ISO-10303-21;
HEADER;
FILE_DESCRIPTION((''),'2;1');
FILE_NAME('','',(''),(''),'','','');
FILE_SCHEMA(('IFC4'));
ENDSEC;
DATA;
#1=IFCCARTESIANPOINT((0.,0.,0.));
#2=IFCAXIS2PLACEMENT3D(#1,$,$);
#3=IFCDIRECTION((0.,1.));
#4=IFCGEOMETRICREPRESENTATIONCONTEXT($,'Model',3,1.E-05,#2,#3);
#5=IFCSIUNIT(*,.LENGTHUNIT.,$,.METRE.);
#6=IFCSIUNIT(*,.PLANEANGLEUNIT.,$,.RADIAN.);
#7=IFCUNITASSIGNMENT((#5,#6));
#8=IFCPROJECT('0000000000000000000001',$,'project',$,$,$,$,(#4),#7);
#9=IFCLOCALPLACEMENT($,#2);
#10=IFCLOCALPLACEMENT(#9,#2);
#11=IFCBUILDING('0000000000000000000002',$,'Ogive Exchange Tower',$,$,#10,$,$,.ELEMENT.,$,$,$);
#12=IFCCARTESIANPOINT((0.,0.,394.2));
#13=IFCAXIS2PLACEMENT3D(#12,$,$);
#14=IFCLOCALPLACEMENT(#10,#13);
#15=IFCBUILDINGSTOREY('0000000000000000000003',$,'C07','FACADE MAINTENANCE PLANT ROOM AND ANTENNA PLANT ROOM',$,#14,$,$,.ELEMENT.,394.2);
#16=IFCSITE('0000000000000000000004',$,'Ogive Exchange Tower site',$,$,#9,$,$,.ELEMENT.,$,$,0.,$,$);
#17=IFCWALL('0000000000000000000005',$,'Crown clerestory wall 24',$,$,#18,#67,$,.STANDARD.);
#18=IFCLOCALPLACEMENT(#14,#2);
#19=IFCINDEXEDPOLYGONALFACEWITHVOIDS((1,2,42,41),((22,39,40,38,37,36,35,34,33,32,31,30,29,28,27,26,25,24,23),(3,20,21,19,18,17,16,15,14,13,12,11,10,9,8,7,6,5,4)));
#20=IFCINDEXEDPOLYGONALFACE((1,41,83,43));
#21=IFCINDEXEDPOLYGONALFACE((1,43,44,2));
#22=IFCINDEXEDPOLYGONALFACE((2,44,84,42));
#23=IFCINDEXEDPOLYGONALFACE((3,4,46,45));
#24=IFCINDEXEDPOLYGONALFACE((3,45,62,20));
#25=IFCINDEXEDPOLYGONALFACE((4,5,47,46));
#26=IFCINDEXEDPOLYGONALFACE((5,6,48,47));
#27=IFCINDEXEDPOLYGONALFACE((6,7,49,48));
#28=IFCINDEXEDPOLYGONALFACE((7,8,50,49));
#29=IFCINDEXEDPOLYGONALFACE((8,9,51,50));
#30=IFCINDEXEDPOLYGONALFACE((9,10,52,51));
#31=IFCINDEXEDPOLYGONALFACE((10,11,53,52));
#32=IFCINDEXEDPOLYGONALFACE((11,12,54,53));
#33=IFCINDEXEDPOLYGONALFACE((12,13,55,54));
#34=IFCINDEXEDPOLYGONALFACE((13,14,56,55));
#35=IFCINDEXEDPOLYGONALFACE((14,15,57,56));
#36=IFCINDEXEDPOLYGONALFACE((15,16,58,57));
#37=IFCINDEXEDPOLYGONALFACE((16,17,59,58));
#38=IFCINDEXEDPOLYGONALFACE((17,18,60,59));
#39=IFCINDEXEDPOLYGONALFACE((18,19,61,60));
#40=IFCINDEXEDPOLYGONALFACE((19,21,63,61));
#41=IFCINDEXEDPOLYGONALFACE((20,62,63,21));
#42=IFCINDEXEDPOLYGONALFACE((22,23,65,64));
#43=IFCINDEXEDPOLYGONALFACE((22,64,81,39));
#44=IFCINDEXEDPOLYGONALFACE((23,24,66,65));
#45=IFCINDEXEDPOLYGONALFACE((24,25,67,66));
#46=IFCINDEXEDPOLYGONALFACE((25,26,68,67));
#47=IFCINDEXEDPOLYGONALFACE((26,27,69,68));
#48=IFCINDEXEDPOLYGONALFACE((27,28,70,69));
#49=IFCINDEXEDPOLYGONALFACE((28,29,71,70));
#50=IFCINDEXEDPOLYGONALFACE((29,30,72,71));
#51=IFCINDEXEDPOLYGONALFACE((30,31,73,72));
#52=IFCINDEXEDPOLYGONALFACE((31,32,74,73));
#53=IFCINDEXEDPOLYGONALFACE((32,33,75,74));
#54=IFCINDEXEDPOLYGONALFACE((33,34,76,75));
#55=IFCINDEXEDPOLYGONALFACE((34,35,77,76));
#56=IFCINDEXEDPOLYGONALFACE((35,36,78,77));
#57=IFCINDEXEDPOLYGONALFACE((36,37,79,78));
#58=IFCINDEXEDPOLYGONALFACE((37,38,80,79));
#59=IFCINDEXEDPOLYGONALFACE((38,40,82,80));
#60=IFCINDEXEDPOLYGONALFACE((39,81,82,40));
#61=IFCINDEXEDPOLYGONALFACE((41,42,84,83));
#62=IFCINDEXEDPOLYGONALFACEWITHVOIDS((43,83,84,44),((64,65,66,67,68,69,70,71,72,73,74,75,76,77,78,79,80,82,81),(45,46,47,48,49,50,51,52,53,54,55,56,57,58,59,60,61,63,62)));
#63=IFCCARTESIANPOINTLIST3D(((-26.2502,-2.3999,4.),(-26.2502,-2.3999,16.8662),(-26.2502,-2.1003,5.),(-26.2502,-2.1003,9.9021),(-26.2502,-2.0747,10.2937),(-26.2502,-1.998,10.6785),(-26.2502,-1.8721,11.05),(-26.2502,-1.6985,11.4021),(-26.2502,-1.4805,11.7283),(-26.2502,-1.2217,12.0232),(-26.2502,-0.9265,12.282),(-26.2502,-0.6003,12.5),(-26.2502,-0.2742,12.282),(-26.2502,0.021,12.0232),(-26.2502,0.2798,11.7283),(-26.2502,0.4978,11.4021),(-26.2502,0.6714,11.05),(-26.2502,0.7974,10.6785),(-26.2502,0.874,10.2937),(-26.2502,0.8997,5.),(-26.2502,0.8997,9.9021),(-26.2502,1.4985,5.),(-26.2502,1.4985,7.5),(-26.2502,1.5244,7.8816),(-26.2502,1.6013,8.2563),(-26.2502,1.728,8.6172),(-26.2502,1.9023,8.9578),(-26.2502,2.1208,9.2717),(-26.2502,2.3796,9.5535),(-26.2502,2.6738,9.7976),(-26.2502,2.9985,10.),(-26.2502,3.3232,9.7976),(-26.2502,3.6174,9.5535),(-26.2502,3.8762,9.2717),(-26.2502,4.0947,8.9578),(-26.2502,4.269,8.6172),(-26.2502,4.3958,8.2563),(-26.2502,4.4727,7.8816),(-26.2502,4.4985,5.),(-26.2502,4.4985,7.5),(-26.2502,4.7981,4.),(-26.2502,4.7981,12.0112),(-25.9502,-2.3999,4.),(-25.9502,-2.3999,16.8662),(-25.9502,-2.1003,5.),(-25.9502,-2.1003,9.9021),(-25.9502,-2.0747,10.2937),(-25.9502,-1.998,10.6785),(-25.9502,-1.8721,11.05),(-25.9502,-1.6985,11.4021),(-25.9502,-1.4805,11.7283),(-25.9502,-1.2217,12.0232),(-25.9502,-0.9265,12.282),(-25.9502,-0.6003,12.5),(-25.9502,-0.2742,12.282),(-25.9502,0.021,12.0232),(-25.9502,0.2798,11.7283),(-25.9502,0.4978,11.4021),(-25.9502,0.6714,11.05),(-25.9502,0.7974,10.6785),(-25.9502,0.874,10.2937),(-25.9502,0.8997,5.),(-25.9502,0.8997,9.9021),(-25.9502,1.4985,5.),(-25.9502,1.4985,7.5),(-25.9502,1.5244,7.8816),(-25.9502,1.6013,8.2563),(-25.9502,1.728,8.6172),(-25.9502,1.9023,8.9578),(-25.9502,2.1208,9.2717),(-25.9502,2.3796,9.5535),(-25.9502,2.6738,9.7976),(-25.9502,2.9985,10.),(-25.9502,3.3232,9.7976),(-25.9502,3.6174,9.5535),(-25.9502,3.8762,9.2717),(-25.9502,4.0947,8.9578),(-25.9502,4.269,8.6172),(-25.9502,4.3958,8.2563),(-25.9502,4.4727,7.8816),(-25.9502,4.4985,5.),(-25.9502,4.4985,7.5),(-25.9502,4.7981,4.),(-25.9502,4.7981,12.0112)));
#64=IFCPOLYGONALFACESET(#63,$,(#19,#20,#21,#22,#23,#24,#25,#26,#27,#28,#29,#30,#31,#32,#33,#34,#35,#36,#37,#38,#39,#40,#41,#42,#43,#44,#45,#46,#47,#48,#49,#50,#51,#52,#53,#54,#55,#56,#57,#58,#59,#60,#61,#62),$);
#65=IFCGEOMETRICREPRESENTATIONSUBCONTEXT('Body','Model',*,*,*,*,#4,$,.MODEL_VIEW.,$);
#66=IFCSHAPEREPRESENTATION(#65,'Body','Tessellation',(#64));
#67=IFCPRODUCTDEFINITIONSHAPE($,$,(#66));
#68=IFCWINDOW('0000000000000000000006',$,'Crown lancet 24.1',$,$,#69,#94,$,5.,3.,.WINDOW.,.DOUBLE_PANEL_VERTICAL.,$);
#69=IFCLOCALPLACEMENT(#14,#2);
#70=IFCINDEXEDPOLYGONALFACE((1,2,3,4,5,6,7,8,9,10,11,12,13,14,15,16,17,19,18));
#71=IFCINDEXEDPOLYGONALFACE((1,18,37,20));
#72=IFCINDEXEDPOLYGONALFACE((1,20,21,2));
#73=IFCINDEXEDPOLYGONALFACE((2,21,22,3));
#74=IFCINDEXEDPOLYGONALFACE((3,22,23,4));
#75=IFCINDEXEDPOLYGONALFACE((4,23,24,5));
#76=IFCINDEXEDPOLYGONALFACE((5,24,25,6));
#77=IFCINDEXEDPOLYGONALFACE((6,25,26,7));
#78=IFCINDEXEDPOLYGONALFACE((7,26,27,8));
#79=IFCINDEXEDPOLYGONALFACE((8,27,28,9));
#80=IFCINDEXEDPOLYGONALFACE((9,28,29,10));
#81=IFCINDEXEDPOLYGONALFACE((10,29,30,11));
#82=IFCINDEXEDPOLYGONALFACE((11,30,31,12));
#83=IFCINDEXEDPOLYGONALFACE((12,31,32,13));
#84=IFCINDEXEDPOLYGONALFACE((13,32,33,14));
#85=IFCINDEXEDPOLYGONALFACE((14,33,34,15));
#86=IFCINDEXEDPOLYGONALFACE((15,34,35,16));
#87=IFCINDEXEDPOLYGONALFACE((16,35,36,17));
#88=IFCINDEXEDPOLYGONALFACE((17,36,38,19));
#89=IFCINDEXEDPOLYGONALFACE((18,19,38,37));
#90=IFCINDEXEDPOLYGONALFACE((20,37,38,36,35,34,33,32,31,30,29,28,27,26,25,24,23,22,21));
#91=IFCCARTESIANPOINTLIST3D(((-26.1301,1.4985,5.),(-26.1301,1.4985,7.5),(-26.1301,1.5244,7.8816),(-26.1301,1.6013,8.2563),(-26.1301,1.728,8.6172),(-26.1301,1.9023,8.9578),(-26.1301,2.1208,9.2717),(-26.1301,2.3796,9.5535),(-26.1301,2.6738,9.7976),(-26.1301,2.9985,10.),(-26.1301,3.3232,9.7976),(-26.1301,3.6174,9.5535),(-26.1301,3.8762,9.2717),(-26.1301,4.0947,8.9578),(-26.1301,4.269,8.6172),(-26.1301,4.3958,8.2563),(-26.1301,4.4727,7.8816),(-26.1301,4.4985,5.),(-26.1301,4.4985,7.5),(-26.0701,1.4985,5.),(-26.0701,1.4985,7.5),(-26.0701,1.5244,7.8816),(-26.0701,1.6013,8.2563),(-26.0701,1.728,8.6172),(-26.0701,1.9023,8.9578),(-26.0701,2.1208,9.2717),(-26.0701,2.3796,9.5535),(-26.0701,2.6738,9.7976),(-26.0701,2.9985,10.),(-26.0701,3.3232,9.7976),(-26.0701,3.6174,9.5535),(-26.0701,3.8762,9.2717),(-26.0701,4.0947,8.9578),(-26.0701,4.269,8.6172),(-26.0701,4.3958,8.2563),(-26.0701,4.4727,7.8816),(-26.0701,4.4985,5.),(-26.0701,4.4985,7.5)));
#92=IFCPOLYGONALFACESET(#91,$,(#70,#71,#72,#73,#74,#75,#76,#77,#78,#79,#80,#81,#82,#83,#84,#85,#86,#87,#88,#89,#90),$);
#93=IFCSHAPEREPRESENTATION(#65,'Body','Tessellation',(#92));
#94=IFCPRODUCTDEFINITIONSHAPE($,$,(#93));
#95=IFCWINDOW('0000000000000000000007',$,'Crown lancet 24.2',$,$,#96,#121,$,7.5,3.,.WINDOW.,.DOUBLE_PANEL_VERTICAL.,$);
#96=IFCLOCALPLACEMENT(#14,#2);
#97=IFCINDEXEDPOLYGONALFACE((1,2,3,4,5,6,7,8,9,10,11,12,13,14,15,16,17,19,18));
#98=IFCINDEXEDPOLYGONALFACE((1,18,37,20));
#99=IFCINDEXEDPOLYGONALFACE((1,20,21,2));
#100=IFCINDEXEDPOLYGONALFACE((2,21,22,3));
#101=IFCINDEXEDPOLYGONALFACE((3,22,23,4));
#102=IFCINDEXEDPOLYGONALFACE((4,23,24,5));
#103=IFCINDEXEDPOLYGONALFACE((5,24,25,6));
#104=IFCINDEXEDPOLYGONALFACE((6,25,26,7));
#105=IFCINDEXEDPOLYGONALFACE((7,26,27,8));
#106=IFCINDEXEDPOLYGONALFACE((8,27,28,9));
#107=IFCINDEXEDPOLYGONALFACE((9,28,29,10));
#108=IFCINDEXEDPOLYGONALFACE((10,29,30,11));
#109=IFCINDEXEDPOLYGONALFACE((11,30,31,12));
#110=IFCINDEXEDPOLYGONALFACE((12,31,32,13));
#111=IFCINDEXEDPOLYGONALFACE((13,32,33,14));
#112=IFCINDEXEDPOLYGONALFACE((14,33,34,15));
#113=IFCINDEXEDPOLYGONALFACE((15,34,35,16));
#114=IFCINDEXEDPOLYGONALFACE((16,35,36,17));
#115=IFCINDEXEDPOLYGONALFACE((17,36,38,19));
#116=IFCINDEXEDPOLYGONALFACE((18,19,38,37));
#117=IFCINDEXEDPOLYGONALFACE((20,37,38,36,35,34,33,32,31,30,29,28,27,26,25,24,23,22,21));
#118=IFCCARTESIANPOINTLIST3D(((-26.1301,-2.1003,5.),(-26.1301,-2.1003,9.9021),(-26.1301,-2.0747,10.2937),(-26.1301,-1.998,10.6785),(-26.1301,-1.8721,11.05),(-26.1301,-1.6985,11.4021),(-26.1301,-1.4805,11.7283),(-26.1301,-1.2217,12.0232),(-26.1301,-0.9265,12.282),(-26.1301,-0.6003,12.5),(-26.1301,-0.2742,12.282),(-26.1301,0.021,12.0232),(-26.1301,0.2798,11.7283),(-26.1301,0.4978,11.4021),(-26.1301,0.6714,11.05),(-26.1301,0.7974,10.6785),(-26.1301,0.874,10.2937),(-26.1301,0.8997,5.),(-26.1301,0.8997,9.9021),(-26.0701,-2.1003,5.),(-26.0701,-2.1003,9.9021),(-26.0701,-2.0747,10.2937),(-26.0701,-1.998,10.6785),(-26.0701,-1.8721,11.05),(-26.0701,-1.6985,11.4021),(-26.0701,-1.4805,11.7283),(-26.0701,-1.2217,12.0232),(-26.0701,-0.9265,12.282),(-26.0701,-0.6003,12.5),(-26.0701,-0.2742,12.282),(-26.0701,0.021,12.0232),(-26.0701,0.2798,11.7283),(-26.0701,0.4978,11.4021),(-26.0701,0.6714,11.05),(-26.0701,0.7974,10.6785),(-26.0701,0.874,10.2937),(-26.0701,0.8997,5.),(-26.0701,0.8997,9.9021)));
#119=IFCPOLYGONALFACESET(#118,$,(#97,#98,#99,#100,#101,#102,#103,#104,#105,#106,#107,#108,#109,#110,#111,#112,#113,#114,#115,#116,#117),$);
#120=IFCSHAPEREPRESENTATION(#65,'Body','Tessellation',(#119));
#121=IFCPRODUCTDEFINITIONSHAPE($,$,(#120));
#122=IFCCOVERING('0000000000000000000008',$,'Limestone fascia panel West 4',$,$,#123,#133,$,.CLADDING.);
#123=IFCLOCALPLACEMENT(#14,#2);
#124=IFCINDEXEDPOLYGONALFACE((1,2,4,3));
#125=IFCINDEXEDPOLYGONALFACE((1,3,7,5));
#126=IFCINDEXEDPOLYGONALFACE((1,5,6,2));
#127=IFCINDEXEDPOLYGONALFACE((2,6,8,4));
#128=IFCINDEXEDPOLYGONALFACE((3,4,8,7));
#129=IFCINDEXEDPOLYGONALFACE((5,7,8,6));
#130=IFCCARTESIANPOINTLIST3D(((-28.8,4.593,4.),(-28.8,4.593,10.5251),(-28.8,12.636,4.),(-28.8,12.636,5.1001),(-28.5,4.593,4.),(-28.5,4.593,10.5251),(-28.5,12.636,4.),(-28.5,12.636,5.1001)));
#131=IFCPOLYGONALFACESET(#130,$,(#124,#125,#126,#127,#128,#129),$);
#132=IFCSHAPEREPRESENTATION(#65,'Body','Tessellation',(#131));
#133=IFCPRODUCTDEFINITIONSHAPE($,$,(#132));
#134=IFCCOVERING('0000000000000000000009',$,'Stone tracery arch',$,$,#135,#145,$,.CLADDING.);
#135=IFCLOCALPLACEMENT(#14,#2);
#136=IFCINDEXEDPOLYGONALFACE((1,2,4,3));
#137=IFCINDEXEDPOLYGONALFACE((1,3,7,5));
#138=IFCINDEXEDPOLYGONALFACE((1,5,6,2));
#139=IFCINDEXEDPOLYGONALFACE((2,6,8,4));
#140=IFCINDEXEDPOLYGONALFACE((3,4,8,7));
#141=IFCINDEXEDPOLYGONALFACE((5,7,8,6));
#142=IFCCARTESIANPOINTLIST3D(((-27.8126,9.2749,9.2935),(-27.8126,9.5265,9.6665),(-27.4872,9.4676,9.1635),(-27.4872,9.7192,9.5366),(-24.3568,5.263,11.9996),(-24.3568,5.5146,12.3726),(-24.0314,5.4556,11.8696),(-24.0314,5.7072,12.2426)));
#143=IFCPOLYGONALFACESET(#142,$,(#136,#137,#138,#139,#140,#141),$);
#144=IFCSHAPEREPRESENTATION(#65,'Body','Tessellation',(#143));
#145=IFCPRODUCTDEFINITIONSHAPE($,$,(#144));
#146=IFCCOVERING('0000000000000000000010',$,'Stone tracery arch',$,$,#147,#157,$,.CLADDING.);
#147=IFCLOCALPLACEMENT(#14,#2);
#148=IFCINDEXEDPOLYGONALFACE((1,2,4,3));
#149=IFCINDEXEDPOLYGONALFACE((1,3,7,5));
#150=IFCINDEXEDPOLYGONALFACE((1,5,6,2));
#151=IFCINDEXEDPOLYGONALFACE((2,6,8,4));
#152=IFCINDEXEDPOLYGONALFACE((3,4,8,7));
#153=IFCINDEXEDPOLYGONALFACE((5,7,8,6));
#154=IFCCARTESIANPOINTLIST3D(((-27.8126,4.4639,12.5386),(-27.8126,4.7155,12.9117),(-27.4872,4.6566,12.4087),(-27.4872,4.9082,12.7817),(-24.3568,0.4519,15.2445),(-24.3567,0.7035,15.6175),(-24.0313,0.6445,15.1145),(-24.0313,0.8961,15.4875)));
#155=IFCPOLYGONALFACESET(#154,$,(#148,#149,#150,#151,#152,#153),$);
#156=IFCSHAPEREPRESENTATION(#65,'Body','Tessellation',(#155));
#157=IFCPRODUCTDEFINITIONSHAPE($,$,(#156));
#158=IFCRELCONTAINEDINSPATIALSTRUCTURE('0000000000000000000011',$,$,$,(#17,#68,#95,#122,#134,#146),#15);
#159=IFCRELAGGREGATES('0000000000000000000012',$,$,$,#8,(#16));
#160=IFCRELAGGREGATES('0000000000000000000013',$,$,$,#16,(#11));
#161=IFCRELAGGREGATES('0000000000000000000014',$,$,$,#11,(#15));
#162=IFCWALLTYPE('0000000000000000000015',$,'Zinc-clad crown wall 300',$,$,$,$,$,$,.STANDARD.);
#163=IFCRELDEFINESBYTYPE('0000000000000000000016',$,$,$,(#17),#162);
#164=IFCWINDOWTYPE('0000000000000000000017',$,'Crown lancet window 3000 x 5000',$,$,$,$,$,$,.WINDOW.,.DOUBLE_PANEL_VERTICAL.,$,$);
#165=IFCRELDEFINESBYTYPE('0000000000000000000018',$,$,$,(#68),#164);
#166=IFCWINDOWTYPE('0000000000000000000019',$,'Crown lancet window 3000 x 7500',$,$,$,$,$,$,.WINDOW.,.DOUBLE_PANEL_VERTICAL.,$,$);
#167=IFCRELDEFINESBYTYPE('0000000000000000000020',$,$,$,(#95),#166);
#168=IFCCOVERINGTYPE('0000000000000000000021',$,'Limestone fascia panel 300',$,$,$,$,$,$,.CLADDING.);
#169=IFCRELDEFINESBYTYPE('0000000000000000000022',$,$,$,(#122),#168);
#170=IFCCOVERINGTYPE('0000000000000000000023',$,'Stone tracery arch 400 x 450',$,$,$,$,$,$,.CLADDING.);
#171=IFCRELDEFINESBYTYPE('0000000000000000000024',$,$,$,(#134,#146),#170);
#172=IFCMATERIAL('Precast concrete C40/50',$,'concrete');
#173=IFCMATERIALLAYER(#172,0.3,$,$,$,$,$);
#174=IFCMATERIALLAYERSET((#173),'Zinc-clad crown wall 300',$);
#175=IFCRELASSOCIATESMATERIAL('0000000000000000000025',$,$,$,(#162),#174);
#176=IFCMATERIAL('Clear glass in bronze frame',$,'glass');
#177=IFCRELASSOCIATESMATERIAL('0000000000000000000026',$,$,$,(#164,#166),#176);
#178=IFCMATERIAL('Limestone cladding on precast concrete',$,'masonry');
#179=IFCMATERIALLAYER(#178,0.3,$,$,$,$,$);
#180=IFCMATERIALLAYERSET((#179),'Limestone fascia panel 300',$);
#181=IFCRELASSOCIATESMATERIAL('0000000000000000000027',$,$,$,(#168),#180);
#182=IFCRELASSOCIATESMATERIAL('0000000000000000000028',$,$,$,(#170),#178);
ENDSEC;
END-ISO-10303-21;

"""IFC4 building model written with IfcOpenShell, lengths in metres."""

from ifc_helpers import new_model, si_unit, direction, frame, origin, origin_2d, place, context, subcontext, project, spatial, polyline, rectangle, outline, extrude, material, layer, layer_set, material_profile, profile_set, type_object, element, fill, save


model = new_model("IFC4")

# Units and contexts
model_context = context("Model", 3, precision=1e-05, world=origin(), true_north=direction((0.0, 1.0)))
body_context = subcontext(model_context, "Body", "Model", "MODEL_VIEW")
ifc_project = project(units=[si_unit("LENGTHUNIT", "METRE"), si_unit("PLANEANGLEUNIT", "RADIAN")], contexts=[model_context])

# Site, building, storey
site_placement = place(None, origin())
site = spatial("IfcSite", under=ifc_project, at=site_placement, Name="Ogive Exchange Tower site", CompositionType="ELEMENT", RefElevation=0.0)
building_placement = place(site_placement, origin())
building = spatial("IfcBuilding", under=site, at=building_placement, Name="Ogive Exchange Tower", CompositionType="ELEMENT")
storey_placement = place(building_placement, frame((0.0, 0.0, 394.2)))
storey = spatial("IfcBuildingStorey", under=building, at=storey_placement, Name="C07", Description="FACADE MAINTENANCE PLANT ROOM AND ANTENNA PLANT ROOM", CompositionType="ELEMENT", Elevation=394.2)

# Wall, openings, windows
ifc_material_1 = material(Name="Precast concrete C40/50", Category="concrete")
ifc_layer_1 = layer(ifc_material_1, 0.3)
ifc_layer_set_1 = layer_set([ifc_layer_1], Name="Zinc-clad crown wall 300")
wall_type_1 = type_object("IfcWallType", Name="Zinc-clad crown wall 300", PredefinedType="STANDARD", material=ifc_layer_set_1)
ifc_material_2 = material(Name="Clear glass in bronze frame", Category="glass")
wall_1_placement = place(storey_placement, frame((-26.1001, 4.7981, 4.0), z_axis=(0.0, 0.0, 1.0), x_axis=(0.0, -1.0, 0.0)))
wall_1 = element("IfcWall", 1, at=wall_1_placement, inside=storey, type_object=wall_type_1, Name="Crown clerestory wall 24", PredefinedType="STANDARD", context=body_context, shape_type="SweptSolid", body=[
    extrude(outline(polyline([(0.0, 0.0), (7.198, 0.0), (7.198, 12.8662), (0.0, 8.0112), (0.0, 0.0)])), frame((0.0, 0.1499, 0.0), z_axis=(0.0, -1.0, 0.0), x_axis=(1.0, 0.0, 0.0)), (0.0, 0.0, 1.0), 0.3),
])
opening_1_placement = place(wall_1_placement, frame((0.2996, 0.0, 1.0)))
opening_1 = element("IfcOpeningElement", 2, at=opening_1_placement, cuts=wall_1, PredefinedType="OPENING", context=body_context, shape_type="SweptSolid", body=[
    extrude(outline(polyline([(0.0, 0.0), (3.0, 0.0), (3.0, 2.5), (2.9741, 2.8816), (2.8972, 3.2563), (2.7705, 3.6172), (2.5962, 3.9578), (2.3777, 4.2717), (2.1189, 4.5535), (1.8247, 4.7976), (1.5, 5.0), (1.1753, 4.7976), (0.8811, 4.5535), (0.6223, 4.2717), (0.4038, 3.9578), (0.2295, 3.6172), (0.1028, 3.2563), (0.0259, 2.8816), (0.0, 2.5), (0.0, 0.0)])), frame((0.0, 0.1599, 0.0), z_axis=(0.0, -1.0, 0.0), x_axis=(1.0, 0.0, 0.0)), (0.0, 0.0, 1.0), 0.3201),
])
opening_2_placement = place(wall_1_placement, frame((3.8984, 0.0, 1.0)))
opening_2 = element("IfcOpeningElement", 3, at=opening_2_placement, cuts=wall_1, PredefinedType="OPENING", context=body_context, shape_type="SweptSolid", body=[
    extrude(outline(polyline([(0.0, 0.0), (3.0, 0.0), (3.0, 4.9021), (2.9744, 5.2937), (2.8977, 5.6785), (2.7717, 6.05), (2.5981, 6.4021), (2.3801, 6.7283), (2.1213, 7.0232), (1.8262, 7.282), (1.5, 7.5), (1.1738, 7.282), (0.8787, 7.0232), (0.6199, 6.7283), (0.4019, 6.4021), (0.2283, 6.05), (0.1023, 5.6785), (0.0256, 5.2937), (0.0, 4.9021), (0.0, 0.0)])), frame((0.0, 0.1599, 0.0), z_axis=(0.0, -1.0, 0.0), x_axis=(1.0, 0.0, 0.0)), (0.0, 0.0, 1.0), 0.3201),
])
window_type_1 = type_object("IfcWindowType", Name="Crown lancet window 3000 x 5000", PartitioningType="DOUBLE_PANEL_VERTICAL", PredefinedType="WINDOW", material=ifc_material_2)
window_1_placement = place(opening_1_placement, origin())
window_1 = element("IfcWindow", 4, at=window_1_placement, inside=storey, type_object=window_type_1, Name="Crown lancet 24.1", OverallHeight=5.0, OverallWidth=3.0, PartitioningType="DOUBLE_PANEL_VERTICAL", PredefinedType="WINDOW", context=body_context, shape_type="SweptSolid", body=[
    extrude(outline(polyline([(0.0, 0.0), (3.0, 0.0), (3.0, 2.5), (2.9741, 2.8816), (2.8972, 3.2563), (2.7705, 3.6172), (2.5962, 3.9578), (2.3777, 4.2717), (2.1189, 4.5535), (1.8247, 4.7976), (1.5, 5.0), (1.1753, 4.7976), (0.8811, 4.5535), (0.6223, 4.2717), (0.4038, 3.9578), (0.2295, 3.6172), (0.1028, 3.2563), (0.0259, 2.8816), (0.0, 2.5), (0.0, 0.0)])), frame((0.0, 0.03, 0.0), z_axis=(0.0, -1.0, 0.0), x_axis=(1.0, 0.0, 0.0)), (0.0, 0.0, 1.0), 0.0601),
])
fill(opening_1, window_1)
window_type_2 = type_object("IfcWindowType", Name="Crown lancet window 3000 x 7500", PartitioningType="DOUBLE_PANEL_VERTICAL", PredefinedType="WINDOW", material=ifc_material_2)
window_2_placement = place(opening_2_placement, origin())
window_2 = element("IfcWindow", 5, at=window_2_placement, inside=storey, type_object=window_type_2, Name="Crown lancet 24.2", OverallHeight=7.5, OverallWidth=3.0, PartitioningType="DOUBLE_PANEL_VERTICAL", PredefinedType="WINDOW", context=body_context, shape_type="SweptSolid", body=[
    extrude(outline(polyline([(0.0, 0.0), (3.0, 0.0), (3.0, 4.9021), (2.9744, 5.2937), (2.8977, 5.6785), (2.7717, 6.05), (2.5981, 6.4021), (2.3801, 6.7283), (2.1213, 7.0232), (1.8262, 7.282), (1.5, 7.5), (1.1738, 7.282), (0.8787, 7.0232), (0.6199, 6.7283), (0.4019, 6.4021), (0.2283, 6.05), (0.1023, 5.6785), (0.0256, 5.2937), (0.0, 4.9021), (0.0, 0.0)])), frame((0.0, 0.03, 0.0), z_axis=(0.0, -1.0, 0.0), x_axis=(1.0, 0.0, 0.0)), (0.0, 0.0, 1.0), 0.0601),
])
fill(opening_2, window_2)

# Coverings
ifc_material_3 = material(Name="Limestone cladding on precast concrete", Category="masonry")
ifc_layer_2 = layer(ifc_material_3, 0.3)
ifc_layer_set_2 = layer_set([ifc_layer_2], Name="Limestone fascia panel 300")
covering_type_1 = type_object("IfcCoveringType", Name="Limestone fascia panel 300", PredefinedType="CLADDING", material=ifc_layer_set_2)
covering_placement = place(storey_placement, frame((-28.8, 4.593, 10.5251), z_axis=(-1.0, 0.0, 0.0), x_axis=(0.0, 0.829038, -0.559193)))
element("IfcCovering", 6, at=covering_placement, inside=storey, type_object=covering_type_1, Name="Limestone fascia panel West 4", PredefinedType="CLADDING", context=body_context, shape_type="SweptSolid", body=[
    extrude(outline(polyline([(0.0, 0.0), (9.7016, 0.0), (10.3167, 0.912), (3.6488, 5.4096), (0.0, 0.0)])), origin(), (0.0, 0.0, -1.0), 0.3),
])
ifc_material_profile_1 = material_profile(ifc_material_3, rectangle(XDim=0.3999, YDim=0.45, at=origin_2d()), Name="TRACERY 400 x 450")
ifc_profile_set_1 = profile_set([ifc_material_profile_1], Name="Limestone cladding on precast concrete")
covering_type_2 = type_object("IfcCoveringType", Name="Stone tracery arch 400 x 450", PredefinedType="CLADDING", material=ifc_profile_set_1)
for number, where, z_axis, x_axis, name in (
    (7, (-27.6499, 9.4971, 9.415), (0.581148, -0.674673, 0.455065), (0.813798, 0.481769, -0.325009), "Stone tracery arch"),
    (8, (-27.6499, 4.686, 12.6602), (0.581158, -0.674686, 0.455032), (0.81379, 0.481778, -0.325015), "Stone tracery arch"),
):
    element("IfcCovering", number, at=place(storey_placement, frame(where, z_axis=z_axis, x_axis=x_axis)), inside=storey, type_object=covering_type_2, Name=name, PredefinedType="CLADDING", context=body_context, shape_type="SweptSolid", body=[
        extrude(rectangle(XDim=0.3999, YDim=0.45, at=origin_2d()), origin(), (0.0, 0.0, 1.0), 5.9465),
    ])

save(model, "model.ifc")
